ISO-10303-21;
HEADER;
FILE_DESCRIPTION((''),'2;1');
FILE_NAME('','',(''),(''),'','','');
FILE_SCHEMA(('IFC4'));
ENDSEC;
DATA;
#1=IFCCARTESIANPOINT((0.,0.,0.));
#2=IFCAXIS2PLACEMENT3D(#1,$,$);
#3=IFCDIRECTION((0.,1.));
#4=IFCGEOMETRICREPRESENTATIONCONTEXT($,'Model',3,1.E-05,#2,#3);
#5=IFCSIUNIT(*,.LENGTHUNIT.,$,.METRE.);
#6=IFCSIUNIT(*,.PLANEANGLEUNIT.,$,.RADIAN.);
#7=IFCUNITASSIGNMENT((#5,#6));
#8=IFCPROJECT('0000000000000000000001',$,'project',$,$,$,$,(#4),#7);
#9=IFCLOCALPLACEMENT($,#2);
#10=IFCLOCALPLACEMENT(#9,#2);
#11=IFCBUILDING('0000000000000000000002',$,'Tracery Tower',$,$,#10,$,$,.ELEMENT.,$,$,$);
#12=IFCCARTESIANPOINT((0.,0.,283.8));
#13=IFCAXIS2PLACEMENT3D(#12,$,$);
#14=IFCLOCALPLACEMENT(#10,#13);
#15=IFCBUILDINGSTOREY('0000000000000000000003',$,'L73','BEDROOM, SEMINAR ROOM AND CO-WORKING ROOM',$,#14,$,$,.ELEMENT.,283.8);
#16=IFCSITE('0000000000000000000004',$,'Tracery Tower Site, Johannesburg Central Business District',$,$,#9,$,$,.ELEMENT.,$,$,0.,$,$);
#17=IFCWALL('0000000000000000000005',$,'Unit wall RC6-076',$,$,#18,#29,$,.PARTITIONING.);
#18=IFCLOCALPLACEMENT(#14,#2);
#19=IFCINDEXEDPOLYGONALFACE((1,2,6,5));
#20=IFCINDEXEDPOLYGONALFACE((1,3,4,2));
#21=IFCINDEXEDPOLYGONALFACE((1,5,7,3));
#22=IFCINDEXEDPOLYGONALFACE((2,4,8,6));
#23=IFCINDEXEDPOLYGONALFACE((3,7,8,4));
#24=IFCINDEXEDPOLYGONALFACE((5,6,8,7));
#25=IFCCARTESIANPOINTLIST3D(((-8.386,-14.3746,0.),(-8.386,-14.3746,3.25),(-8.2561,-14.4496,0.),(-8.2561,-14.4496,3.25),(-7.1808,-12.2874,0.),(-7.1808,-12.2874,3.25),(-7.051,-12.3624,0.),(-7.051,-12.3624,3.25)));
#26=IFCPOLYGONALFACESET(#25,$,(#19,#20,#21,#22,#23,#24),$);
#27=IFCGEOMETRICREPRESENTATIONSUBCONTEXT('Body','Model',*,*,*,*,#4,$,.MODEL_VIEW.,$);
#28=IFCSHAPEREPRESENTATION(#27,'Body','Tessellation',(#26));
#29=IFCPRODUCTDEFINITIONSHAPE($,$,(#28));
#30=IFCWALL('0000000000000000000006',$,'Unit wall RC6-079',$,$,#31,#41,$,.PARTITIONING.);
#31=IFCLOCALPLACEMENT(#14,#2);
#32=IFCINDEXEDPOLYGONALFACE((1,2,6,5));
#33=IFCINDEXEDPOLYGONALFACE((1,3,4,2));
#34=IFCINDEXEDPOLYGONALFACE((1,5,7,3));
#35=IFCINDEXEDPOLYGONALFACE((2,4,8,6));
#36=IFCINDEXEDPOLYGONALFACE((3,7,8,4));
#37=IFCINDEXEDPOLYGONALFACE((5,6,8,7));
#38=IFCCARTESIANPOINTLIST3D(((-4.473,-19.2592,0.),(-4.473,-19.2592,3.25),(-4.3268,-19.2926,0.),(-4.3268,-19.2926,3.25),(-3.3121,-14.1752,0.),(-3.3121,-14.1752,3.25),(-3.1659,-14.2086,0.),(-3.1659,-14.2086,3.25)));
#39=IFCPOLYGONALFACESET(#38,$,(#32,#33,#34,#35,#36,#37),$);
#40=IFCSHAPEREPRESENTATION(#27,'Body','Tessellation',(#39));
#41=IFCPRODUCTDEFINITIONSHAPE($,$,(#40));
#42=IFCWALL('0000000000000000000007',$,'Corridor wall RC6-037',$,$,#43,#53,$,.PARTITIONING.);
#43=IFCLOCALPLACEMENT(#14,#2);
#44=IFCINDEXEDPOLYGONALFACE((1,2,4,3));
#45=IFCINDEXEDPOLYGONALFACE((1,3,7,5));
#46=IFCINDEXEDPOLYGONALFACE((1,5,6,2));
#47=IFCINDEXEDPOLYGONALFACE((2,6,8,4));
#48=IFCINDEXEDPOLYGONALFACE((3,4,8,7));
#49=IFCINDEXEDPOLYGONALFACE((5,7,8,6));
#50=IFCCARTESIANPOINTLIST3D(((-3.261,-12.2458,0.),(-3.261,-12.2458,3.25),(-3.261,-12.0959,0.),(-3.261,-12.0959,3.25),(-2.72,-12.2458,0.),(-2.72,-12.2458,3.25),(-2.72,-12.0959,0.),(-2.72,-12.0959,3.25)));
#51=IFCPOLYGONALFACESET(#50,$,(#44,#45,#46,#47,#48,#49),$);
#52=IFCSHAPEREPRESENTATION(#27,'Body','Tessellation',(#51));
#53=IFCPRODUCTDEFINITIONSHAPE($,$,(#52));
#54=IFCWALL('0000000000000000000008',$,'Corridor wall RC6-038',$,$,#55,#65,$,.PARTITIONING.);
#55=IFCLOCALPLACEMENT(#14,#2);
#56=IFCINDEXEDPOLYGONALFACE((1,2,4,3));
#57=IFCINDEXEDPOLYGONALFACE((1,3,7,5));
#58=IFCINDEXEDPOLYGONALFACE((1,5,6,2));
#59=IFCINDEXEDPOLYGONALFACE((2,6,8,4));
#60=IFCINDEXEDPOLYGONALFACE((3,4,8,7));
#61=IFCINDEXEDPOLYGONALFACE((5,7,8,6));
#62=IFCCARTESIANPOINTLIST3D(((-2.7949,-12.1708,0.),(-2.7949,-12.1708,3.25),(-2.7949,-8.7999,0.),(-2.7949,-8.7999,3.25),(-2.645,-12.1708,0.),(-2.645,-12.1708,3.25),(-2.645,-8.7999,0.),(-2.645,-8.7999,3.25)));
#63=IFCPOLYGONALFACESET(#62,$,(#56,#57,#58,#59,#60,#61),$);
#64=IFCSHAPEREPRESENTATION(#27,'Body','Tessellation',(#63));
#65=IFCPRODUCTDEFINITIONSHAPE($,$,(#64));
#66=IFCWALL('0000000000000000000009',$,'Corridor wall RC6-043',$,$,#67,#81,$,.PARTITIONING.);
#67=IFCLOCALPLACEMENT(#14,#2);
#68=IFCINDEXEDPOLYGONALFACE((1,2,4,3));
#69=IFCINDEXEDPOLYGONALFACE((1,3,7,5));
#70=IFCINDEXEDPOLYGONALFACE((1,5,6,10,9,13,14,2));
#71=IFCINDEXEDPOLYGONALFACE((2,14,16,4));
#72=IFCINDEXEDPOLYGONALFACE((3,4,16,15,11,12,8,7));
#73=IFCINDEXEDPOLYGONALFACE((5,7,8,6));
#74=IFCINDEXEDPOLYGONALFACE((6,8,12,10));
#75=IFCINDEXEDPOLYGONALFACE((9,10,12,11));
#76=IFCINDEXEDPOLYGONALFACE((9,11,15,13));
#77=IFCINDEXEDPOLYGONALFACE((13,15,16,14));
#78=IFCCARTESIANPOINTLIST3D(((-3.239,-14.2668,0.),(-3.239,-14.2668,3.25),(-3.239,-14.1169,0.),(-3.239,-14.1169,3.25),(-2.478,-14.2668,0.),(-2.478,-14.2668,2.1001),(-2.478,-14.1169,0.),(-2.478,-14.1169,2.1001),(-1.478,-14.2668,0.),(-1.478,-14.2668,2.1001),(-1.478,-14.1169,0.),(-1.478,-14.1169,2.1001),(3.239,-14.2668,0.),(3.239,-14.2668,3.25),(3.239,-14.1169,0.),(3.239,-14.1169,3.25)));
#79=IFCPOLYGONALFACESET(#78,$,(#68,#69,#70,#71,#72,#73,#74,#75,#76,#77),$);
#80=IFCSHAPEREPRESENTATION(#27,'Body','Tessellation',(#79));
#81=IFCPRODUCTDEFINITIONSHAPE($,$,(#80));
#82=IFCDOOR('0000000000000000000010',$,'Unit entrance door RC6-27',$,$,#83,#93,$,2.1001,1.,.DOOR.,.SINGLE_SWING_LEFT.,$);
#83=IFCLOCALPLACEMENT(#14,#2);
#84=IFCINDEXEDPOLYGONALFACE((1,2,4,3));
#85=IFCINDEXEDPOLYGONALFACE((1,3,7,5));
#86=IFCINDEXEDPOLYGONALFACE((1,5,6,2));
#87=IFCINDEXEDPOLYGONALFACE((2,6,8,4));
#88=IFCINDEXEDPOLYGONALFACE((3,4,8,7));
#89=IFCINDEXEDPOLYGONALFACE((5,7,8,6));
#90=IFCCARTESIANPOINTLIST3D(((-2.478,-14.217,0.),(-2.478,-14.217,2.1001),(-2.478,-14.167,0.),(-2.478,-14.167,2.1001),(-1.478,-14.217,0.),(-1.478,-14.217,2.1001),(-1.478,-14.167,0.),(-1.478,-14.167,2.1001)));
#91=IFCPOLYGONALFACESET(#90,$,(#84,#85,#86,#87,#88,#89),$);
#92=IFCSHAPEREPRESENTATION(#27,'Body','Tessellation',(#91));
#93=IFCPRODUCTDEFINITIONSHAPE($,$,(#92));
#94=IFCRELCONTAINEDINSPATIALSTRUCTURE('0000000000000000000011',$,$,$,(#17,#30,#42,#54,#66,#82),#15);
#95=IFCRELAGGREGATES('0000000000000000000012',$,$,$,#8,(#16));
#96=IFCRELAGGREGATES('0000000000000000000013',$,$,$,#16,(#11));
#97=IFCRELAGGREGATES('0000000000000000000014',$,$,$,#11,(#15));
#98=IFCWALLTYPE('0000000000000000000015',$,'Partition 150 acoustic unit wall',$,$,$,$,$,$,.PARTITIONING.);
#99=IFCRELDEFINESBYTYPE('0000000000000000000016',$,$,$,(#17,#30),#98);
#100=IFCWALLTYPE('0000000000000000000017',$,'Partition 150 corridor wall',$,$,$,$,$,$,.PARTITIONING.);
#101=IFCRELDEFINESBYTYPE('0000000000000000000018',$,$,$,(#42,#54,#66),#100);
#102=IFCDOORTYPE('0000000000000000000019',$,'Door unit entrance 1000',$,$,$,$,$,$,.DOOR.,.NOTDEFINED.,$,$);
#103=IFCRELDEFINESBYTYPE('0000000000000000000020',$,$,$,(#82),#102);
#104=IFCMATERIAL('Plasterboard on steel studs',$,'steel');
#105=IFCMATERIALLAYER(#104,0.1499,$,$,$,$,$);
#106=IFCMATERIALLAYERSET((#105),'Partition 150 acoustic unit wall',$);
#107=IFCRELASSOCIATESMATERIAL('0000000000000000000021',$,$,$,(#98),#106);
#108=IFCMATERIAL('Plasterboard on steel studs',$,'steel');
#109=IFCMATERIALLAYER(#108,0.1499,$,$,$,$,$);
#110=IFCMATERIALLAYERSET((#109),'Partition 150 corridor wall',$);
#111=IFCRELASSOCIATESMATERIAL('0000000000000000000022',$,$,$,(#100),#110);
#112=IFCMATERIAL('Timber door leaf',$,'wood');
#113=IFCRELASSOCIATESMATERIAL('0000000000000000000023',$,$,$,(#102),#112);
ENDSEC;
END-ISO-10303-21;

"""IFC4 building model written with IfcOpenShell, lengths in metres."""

from ifc_helpers import new_model, si_unit, direction, frame, frame_2d, origin, place, context, subcontext, project, spatial, rectangle, extrude, material, layer, layer_set, type_object, element, fill, save


model = new_model("IFC4")

# Units and contexts
model_context = context("Model", 3, precision=1e-05, world=origin(), true_north=direction((0.0, 1.0)))
body_context = subcontext(model_context, "Body", "Model", "MODEL_VIEW")
ifc_project = project(units=[si_unit("LENGTHUNIT", "METRE"), si_unit("PLANEANGLEUNIT", "RADIAN")], contexts=[model_context])

# Site, building, storey
site_placement = place(None, origin())
site = spatial("IfcSite", under=ifc_project, at=site_placement, Name="Tracery Tower Site, Johannesburg Central Business District", CompositionType="ELEMENT", RefElevation=0.0)
building_placement = place(site_placement, origin())
building = spatial("IfcBuilding", under=site, at=building_placement, Name="Tracery Tower", CompositionType="ELEMENT")
storey_placement = place(building_placement, frame((0.0, 0.0, 283.8)))
storey = spatial("IfcBuildingStorey", under=building, at=storey_placement, Name="L73", Description="BEDROOM, SEMINAR ROOM AND CO-WORKING ROOM", CompositionType="ELEMENT", Elevation=283.8)

# Walls
ifc_material_1 = material(Name="Plasterboard on steel studs", Category="steel")
ifc_layer_1 = layer(ifc_material_1, 0.1499)
ifc_layer_set_1 = layer_set([ifc_layer_1], Name="Partition 150 acoustic unit wall")
wall_type_1 = type_object("IfcWallType", Name="Partition 150 acoustic unit wall", PredefinedType="PARTITIONING", material=ifc_layer_set_1)
wall_1_placement = place(storey_placement, frame((-8.321, -14.4121, 0.0), z_axis=(0.0, 0.0, 1.0), x_axis=(0.500018, 0.866015, 0.0)))
element("IfcWall", 1, at=wall_1_placement, inside=storey, type_object=wall_type_1, Name="Unit wall RC6-076", PredefinedType="PARTITIONING", context=body_context, shape_type="SweptSolid", body=[
    extrude(rectangle(XDim=2.4102, YDim=0.1499, at=frame_2d((1.2051, 0.0))), origin(), (0.0, 0.0, 1.0), 3.25),
])
wall_2_placement = place(storey_placement, frame((-4.3999, -19.2759, 0.0), z_axis=(0.0, 0.0, 1.0), x_axis=(0.222613, 0.974907, 0.0)))
element("IfcWall", 2, at=wall_2_placement, inside=storey, type_object=wall_type_1, Name="Unit wall RC6-079", PredefinedType="PARTITIONING", context=body_context, shape_type="SweptSolid", body=[
    extrude(rectangle(XDim=5.2148, YDim=0.1499, at=frame_2d((2.6074, 0.0))), origin(), (0.0, 0.0, 1.0), 3.25),
])
ifc_material_2 = material(Name="Plasterboard on steel studs", Category="steel")
ifc_layer_2 = layer(ifc_material_2, 0.1499)
ifc_layer_set_2 = layer_set([ifc_layer_2], Name="Partition 150 corridor wall")
wall_type_2 = type_object("IfcWallType", Name="Partition 150 corridor wall", PredefinedType="PARTITIONING", material=ifc_layer_set_2)
wall_3_placement = place(storey_placement, frame((-3.261, -12.1709, 0.0), z_axis=(0.0, 0.0, 1.0), x_axis=(1.0, 0.0, 0.0)))
element("IfcWall", 3, at=wall_3_placement, inside=storey, type_object=wall_type_2, Name="Corridor wall RC6-037", PredefinedType="PARTITIONING", context=body_context, shape_type="SweptSolid", body=[
    extrude(rectangle(XDim=0.541, YDim=0.1499, at=frame_2d((0.2705, 0.0))), origin(), (0.0, 0.0, 1.0), 3.25),
])
wall_4_placement = place(storey_placement, frame((-2.72, -12.1709, 0.0), z_axis=(0.0, 0.0, 1.0), x_axis=(0.0, 1.0, 0.0)))
element("IfcWall", 4, at=wall_4_placement, inside=storey, type_object=wall_type_2, Name="Corridor wall RC6-038", PredefinedType="PARTITIONING", context=body_context, shape_type="SweptSolid", body=[
    extrude(rectangle(XDim=3.3708, YDim=0.1499, at=frame_2d((1.6855, 0.0))), origin(), (0.0, 0.0, 1.0), 3.25),
])

# Wall, opening, door
wall_5_placement = place(storey_placement, frame((-3.239, -14.1919, 0.0), z_axis=(0.0, 0.0, 1.0), x_axis=(1.0, 0.0, 0.0)))
wall_5 = element("IfcWall", 5, at=wall_5_placement, inside=storey, type_object=wall_type_2, Name="Corridor wall RC6-043", PredefinedType="PARTITIONING", context=body_context, shape_type="SweptSolid", body=[
    extrude(rectangle(XDim=6.478, YDim=0.1499, at=frame_2d((3.239, 0.0))), origin(), (0.0, 0.0, 1.0), 3.25),
])
opening_1_placement = place(wall_5_placement, frame((0.761, 0.0, 0.0)))
opening_1 = element("IfcOpeningElement", 6, at=opening_1_placement, cuts=wall_5, PredefinedType="OPENING", context=body_context, shape_type="SweptSolid", body=[
    extrude(rectangle(XDim=1.0, YDim=2.1001, at=frame_2d((0.5, 1.05))), frame((0.0, 0.075, 0.0), z_axis=(0.0, -1.0, 0.0), x_axis=(1.0, 0.0, 0.0)), (0.0, 0.0, 1.0), 0.1499),
])
ifc_material_3 = material(Name="Timber door leaf", Category="wood")
door_type_1 = type_object("IfcDoorType", Name="Door unit entrance 1000", OperationType="NOTDEFINED", PredefinedType="DOOR", material=ifc_material_3)
door_1_placement = place(opening_1_placement, origin())
door_1 = element("IfcDoor", 7, at=door_1_placement, inside=storey, type_object=door_type_1, Name="Unit entrance door RC6-27", OperationType="SINGLE_SWING_LEFT", OverallHeight=2.1001, OverallWidth=1.0, PredefinedType="DOOR", context=body_context, shape_type="SweptSolid", body=[
    extrude(rectangle(XDim=1.0, YDim=2.1001, at=frame_2d((0.5, 1.05))), frame((0.0, 0.0249, 0.0), z_axis=(0.0, -1.0, 0.0), x_axis=(1.0, 0.0, 0.0)), (0.0, 0.0, 1.0), 0.05),
])
fill(opening_1, door_1)

save(model, "model.ifc")
